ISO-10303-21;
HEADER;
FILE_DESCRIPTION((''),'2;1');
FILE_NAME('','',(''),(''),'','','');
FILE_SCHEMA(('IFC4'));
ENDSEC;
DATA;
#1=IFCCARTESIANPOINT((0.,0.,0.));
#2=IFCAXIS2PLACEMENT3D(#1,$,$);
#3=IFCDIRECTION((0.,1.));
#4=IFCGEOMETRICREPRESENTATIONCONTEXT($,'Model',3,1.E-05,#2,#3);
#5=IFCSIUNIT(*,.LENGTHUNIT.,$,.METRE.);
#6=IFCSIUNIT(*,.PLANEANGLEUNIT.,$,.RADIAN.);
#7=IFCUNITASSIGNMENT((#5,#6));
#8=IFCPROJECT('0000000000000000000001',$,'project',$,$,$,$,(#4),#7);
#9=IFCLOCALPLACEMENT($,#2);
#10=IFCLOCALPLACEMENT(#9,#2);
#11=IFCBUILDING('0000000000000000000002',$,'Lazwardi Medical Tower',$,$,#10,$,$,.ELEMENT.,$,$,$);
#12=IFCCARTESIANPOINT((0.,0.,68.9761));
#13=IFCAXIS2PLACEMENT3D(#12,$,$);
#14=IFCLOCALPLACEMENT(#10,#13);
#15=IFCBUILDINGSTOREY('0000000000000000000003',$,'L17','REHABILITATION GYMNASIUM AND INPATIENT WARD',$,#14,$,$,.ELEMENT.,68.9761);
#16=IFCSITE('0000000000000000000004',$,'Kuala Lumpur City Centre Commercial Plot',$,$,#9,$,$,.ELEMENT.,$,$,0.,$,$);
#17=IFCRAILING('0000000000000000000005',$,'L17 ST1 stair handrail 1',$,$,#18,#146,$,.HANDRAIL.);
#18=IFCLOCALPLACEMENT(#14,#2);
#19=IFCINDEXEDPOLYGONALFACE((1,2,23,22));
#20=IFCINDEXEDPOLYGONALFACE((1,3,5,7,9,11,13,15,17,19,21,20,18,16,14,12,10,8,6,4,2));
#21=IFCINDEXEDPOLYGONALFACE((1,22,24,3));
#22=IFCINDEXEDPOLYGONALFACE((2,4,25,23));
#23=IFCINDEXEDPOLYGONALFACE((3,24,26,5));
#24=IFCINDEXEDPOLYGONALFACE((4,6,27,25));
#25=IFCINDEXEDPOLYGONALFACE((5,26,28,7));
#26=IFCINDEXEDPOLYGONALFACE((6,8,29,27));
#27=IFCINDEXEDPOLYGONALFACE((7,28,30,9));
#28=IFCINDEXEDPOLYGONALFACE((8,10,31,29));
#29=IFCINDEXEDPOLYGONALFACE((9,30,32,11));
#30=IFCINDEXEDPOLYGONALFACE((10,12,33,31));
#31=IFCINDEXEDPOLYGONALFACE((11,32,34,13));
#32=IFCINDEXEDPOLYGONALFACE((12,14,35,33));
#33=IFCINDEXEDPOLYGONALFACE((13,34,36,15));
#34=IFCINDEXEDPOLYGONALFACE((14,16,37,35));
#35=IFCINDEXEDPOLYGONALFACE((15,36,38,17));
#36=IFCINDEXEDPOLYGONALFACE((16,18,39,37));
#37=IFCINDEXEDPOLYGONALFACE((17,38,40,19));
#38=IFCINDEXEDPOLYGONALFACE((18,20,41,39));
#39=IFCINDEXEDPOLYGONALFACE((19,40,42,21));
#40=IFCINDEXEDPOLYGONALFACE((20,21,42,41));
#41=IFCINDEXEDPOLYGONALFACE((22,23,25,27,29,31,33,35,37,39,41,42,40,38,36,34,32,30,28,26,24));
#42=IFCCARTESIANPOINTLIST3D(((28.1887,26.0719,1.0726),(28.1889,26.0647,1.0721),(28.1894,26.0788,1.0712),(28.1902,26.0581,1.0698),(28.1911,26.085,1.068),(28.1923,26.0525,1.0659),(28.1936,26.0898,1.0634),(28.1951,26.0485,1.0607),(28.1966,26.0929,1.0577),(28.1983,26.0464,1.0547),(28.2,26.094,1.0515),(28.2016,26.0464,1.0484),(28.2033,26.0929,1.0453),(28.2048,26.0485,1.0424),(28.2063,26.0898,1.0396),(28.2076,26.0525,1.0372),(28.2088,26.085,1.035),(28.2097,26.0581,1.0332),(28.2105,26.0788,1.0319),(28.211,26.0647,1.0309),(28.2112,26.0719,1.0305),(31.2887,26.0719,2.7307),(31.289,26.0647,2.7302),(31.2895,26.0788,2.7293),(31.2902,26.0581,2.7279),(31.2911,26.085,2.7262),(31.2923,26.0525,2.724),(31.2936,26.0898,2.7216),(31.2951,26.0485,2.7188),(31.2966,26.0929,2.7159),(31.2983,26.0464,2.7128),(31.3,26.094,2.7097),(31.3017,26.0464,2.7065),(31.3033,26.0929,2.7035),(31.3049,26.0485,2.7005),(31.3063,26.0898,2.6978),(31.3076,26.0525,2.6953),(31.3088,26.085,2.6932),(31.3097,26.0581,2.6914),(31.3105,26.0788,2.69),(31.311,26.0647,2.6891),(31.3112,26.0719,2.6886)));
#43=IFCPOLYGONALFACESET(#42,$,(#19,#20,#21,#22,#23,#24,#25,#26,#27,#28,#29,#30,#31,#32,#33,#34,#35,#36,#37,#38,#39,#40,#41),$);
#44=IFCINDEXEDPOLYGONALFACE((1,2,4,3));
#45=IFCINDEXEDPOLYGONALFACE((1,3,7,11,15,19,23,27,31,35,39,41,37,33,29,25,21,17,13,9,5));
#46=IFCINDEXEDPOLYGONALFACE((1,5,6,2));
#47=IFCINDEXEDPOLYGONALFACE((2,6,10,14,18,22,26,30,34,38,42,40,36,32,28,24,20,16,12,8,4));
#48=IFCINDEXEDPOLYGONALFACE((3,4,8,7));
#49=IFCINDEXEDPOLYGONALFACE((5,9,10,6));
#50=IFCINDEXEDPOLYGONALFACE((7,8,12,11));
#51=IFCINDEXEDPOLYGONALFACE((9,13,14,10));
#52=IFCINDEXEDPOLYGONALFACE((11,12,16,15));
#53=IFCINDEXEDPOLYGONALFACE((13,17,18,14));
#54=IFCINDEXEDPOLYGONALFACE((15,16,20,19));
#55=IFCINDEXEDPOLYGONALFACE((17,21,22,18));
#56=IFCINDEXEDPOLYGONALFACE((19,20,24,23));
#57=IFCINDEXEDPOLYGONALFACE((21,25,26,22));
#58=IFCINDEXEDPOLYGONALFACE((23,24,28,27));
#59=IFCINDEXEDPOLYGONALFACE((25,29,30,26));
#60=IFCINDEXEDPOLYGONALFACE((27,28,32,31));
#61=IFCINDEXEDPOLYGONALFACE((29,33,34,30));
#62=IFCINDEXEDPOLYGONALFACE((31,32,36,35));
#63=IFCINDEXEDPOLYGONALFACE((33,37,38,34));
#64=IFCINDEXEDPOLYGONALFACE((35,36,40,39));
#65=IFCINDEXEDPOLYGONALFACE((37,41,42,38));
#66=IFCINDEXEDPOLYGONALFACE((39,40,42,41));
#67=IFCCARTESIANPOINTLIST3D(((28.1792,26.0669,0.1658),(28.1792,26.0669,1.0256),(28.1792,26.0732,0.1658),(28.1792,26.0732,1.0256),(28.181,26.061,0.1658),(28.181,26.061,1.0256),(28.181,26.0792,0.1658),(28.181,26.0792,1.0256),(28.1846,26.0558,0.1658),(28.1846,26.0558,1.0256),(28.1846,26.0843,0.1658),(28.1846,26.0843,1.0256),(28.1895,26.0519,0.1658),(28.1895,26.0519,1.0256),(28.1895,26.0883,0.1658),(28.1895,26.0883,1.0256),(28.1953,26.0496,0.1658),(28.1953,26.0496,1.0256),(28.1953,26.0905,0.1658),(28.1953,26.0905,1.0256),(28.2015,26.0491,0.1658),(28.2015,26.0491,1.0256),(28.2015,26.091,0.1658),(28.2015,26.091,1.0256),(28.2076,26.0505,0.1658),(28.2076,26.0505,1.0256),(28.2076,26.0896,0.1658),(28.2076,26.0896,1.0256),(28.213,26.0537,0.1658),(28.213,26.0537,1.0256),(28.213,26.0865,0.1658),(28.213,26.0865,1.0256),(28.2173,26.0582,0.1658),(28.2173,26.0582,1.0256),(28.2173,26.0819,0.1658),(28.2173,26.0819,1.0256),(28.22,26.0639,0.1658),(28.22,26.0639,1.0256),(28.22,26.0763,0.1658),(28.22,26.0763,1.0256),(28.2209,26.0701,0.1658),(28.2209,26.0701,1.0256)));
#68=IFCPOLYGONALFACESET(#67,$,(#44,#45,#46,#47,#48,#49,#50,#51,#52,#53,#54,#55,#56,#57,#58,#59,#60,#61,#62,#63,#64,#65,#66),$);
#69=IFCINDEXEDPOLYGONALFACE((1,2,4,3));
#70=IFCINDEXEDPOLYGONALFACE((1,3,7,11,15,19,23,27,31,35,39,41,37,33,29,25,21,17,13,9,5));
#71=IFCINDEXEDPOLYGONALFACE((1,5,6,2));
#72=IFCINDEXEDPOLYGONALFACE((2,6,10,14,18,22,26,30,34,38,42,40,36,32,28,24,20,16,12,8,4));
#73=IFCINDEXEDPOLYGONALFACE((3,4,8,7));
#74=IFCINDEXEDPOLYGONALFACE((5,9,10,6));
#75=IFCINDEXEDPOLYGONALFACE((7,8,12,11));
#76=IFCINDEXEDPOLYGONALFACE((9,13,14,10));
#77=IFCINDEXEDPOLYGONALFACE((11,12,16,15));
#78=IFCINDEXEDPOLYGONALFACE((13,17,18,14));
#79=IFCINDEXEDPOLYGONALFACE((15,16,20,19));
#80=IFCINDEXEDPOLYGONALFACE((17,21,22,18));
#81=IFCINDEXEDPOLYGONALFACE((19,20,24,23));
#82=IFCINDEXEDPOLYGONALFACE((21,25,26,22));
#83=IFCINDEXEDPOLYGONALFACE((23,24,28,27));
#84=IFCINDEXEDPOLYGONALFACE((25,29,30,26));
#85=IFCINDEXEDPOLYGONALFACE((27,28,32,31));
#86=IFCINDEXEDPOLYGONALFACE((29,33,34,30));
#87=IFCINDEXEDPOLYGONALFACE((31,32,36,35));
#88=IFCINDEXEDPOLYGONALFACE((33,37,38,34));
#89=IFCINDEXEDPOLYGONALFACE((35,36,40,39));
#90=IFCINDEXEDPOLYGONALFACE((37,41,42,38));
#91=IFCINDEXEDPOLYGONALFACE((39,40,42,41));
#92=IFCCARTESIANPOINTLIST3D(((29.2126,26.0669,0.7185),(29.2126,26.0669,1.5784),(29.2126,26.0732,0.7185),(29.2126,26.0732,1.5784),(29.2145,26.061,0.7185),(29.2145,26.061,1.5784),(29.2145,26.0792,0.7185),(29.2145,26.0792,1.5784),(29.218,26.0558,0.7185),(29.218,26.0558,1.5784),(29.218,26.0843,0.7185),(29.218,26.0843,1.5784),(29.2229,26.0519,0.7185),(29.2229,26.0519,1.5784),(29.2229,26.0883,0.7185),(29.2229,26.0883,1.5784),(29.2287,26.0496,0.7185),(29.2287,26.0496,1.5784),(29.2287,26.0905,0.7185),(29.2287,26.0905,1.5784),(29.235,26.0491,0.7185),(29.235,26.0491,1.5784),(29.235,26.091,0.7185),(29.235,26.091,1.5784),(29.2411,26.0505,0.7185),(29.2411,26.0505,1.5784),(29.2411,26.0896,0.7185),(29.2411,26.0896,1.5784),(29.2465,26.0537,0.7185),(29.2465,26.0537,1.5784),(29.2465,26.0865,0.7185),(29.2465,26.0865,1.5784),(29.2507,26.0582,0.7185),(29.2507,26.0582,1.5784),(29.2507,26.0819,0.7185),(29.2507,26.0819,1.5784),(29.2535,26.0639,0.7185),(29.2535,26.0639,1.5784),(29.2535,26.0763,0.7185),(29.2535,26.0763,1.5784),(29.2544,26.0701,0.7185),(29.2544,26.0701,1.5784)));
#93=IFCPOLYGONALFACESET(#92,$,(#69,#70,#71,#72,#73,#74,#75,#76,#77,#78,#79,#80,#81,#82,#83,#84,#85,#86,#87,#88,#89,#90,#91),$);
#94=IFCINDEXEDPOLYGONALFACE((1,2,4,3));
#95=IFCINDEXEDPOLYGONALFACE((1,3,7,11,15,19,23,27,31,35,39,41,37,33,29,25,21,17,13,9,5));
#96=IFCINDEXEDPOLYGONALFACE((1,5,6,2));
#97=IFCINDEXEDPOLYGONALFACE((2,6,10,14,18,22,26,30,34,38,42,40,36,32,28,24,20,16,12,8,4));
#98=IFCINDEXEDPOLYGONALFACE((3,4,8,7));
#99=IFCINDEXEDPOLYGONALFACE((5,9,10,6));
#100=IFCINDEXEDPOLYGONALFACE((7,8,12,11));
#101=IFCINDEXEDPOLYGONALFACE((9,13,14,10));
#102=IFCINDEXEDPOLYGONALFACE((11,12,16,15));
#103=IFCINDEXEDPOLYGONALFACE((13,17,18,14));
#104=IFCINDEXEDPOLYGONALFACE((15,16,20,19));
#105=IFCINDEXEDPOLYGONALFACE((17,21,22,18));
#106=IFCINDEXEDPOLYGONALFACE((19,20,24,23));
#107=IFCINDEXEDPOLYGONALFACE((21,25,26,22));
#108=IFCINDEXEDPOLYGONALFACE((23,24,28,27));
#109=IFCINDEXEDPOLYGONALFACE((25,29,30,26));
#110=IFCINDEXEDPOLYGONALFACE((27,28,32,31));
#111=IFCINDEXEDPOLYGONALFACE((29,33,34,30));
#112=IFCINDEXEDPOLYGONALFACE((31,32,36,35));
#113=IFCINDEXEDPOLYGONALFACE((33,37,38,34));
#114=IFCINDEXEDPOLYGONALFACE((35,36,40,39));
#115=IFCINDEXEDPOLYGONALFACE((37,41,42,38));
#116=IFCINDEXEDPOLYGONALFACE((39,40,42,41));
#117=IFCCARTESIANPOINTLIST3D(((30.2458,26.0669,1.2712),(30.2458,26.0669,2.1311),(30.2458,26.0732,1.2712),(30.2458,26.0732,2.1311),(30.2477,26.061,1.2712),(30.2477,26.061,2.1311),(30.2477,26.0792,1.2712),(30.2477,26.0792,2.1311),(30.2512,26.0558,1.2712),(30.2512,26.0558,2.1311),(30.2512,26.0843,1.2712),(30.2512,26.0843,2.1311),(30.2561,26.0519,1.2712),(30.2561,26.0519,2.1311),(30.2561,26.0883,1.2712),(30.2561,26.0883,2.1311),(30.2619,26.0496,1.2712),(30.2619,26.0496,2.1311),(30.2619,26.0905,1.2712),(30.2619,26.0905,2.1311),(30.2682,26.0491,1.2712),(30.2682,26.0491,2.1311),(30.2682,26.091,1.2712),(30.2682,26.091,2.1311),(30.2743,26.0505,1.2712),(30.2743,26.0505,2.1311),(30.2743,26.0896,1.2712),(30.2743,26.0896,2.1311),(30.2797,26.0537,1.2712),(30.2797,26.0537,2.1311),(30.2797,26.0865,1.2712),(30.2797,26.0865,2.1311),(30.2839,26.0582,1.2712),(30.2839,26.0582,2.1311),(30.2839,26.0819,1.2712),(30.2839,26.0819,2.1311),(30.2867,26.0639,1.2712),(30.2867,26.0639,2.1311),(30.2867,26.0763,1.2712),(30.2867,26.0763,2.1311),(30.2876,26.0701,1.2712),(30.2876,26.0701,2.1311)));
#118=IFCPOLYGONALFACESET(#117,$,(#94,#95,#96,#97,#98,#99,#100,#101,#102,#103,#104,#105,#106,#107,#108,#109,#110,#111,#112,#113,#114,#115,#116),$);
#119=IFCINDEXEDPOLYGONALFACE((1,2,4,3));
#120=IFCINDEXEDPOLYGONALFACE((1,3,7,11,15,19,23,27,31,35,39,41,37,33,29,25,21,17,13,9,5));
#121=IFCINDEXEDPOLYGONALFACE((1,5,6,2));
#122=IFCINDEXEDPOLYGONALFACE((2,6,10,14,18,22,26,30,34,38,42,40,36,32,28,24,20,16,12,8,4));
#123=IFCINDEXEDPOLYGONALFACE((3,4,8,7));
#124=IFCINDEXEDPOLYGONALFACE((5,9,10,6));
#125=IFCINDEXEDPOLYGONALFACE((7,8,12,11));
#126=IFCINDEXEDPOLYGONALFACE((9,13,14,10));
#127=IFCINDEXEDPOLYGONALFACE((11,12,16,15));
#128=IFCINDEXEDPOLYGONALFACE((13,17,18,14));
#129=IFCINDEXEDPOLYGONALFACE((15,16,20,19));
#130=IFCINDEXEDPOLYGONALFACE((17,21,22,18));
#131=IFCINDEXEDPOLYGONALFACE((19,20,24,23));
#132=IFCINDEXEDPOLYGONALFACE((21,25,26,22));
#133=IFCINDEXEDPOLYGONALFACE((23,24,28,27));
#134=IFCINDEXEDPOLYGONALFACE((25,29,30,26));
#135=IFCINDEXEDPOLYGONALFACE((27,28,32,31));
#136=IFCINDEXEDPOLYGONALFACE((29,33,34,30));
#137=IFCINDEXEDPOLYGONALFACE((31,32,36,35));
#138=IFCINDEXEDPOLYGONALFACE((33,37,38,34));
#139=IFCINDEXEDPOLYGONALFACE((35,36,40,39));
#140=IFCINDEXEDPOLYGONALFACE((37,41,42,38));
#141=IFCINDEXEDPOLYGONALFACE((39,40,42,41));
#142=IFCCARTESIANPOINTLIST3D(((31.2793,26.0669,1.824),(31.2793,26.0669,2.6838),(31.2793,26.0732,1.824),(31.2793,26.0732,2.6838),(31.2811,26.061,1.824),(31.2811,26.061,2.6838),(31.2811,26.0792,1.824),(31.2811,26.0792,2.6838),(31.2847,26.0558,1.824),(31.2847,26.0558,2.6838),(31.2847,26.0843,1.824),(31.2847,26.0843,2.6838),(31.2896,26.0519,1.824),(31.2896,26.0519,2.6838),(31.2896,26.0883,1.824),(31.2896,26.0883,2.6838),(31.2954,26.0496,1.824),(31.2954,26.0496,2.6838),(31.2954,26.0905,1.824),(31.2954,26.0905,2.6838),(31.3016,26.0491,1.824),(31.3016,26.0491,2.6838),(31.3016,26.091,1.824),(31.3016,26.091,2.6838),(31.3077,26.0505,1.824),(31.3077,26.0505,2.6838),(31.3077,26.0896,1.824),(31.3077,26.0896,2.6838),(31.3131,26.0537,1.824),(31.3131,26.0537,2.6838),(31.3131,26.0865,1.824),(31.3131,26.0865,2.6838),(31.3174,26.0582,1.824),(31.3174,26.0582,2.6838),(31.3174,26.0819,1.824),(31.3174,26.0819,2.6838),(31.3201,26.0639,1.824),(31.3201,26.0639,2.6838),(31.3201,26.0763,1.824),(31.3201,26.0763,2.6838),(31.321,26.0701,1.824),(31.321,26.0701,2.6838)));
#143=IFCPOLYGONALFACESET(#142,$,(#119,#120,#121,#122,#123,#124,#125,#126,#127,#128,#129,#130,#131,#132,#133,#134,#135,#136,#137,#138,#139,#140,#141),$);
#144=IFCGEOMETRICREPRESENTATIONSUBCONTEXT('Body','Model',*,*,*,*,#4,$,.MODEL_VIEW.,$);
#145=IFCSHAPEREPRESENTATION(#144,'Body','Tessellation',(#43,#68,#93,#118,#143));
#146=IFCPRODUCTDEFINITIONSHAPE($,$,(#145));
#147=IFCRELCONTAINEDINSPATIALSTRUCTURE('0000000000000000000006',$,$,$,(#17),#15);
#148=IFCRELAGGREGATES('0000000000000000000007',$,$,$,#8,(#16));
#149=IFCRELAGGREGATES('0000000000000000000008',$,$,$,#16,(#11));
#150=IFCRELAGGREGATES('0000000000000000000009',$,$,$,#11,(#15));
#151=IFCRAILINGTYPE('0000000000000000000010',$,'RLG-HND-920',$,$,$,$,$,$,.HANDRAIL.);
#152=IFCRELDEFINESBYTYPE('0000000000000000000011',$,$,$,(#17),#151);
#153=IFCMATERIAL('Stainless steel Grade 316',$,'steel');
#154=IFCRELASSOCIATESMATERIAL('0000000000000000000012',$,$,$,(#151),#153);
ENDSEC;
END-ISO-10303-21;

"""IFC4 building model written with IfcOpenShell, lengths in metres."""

from ifc_helpers import new_model, si_unit, direction, frame, origin, origin_2d, place, context, subcontext, project, spatial, circle, extrude, material, type_object, element, save


model = new_model("IFC4")

# Units and contexts
model_context = context("Model", 3, precision=1e-05, world=origin(), true_north=direction((0.0, 1.0)))
body_context = subcontext(model_context, "Body", "Model", "MODEL_VIEW")
ifc_project = project(units=[si_unit("LENGTHUNIT", "METRE"), si_unit("PLANEANGLEUNIT", "RADIAN")], contexts=[model_context])

# Site, building, storey
site_placement = place(None, origin())
site = spatial("IfcSite", under=ifc_project, at=site_placement, Name="Kuala Lumpur City Centre Commercial Plot", CompositionType="ELEMENT", RefElevation=0.0)
building_placement = place(site_placement, origin())
building = spatial("IfcBuilding", under=site, at=building_placement, Name="Lazwardi Medical Tower", CompositionType="ELEMENT")
storey_placement = place(building_placement, frame((0.0, 0.0, 68.9761)))
storey = spatial("IfcBuildingStorey", under=building, at=storey_placement, Name="L17", Description="REHABILITATION GYMNASIUM AND INPATIENT WARD", CompositionType="ELEMENT", Elevation=68.9761)

# Railing
ifc_material_1 = material(Name="Stainless steel Grade 316", Category="steel")
railing_type_1 = type_object("IfcRailingType", Name="RLG-HND-920", PredefinedType="HANDRAIL", material=ifc_material_1)
railing_1_placement = place(storey_placement, frame((28.2, 26.0701, 0.1658)))
element("IfcRailing", 1, at=railing_1_placement, inside=storey, type_object=railing_type_1, Name="L17 ST1 stair handrail 1", PredefinedType="HANDRAIL", context=body_context, shape_type="SweptSolid", body=[
    extrude(circle(Radius=0.0239, at=origin_2d()), frame((0.0, 0.0, 0.8857), z_axis=(0.881783, 0.0, 0.471655), x_axis=(0.0, 1.0, 0.0)), (0.0, 0.0, 1.0), 3.5156),
    extrude(circle(Radius=0.021, at=origin_2d()), origin(), (0.0, 0.0, 1.0), 0.8599),
    extrude(circle(Radius=0.021, at=origin_2d()), frame((1.0334, 0.0, 0.5527)), (0.0, 0.0, 1.0), 0.8599),
    extrude(circle(Radius=0.021, at=origin_2d()), frame((2.0667, 0.0, 1.1055)), (0.0, 0.0, 1.0), 0.8599),
    extrude(circle(Radius=0.021, at=origin_2d()), frame((3.1001, 0.0, 1.6582)), (0.0, 0.0, 1.0), 0.8599),
])

save(model, "model.ifc")
